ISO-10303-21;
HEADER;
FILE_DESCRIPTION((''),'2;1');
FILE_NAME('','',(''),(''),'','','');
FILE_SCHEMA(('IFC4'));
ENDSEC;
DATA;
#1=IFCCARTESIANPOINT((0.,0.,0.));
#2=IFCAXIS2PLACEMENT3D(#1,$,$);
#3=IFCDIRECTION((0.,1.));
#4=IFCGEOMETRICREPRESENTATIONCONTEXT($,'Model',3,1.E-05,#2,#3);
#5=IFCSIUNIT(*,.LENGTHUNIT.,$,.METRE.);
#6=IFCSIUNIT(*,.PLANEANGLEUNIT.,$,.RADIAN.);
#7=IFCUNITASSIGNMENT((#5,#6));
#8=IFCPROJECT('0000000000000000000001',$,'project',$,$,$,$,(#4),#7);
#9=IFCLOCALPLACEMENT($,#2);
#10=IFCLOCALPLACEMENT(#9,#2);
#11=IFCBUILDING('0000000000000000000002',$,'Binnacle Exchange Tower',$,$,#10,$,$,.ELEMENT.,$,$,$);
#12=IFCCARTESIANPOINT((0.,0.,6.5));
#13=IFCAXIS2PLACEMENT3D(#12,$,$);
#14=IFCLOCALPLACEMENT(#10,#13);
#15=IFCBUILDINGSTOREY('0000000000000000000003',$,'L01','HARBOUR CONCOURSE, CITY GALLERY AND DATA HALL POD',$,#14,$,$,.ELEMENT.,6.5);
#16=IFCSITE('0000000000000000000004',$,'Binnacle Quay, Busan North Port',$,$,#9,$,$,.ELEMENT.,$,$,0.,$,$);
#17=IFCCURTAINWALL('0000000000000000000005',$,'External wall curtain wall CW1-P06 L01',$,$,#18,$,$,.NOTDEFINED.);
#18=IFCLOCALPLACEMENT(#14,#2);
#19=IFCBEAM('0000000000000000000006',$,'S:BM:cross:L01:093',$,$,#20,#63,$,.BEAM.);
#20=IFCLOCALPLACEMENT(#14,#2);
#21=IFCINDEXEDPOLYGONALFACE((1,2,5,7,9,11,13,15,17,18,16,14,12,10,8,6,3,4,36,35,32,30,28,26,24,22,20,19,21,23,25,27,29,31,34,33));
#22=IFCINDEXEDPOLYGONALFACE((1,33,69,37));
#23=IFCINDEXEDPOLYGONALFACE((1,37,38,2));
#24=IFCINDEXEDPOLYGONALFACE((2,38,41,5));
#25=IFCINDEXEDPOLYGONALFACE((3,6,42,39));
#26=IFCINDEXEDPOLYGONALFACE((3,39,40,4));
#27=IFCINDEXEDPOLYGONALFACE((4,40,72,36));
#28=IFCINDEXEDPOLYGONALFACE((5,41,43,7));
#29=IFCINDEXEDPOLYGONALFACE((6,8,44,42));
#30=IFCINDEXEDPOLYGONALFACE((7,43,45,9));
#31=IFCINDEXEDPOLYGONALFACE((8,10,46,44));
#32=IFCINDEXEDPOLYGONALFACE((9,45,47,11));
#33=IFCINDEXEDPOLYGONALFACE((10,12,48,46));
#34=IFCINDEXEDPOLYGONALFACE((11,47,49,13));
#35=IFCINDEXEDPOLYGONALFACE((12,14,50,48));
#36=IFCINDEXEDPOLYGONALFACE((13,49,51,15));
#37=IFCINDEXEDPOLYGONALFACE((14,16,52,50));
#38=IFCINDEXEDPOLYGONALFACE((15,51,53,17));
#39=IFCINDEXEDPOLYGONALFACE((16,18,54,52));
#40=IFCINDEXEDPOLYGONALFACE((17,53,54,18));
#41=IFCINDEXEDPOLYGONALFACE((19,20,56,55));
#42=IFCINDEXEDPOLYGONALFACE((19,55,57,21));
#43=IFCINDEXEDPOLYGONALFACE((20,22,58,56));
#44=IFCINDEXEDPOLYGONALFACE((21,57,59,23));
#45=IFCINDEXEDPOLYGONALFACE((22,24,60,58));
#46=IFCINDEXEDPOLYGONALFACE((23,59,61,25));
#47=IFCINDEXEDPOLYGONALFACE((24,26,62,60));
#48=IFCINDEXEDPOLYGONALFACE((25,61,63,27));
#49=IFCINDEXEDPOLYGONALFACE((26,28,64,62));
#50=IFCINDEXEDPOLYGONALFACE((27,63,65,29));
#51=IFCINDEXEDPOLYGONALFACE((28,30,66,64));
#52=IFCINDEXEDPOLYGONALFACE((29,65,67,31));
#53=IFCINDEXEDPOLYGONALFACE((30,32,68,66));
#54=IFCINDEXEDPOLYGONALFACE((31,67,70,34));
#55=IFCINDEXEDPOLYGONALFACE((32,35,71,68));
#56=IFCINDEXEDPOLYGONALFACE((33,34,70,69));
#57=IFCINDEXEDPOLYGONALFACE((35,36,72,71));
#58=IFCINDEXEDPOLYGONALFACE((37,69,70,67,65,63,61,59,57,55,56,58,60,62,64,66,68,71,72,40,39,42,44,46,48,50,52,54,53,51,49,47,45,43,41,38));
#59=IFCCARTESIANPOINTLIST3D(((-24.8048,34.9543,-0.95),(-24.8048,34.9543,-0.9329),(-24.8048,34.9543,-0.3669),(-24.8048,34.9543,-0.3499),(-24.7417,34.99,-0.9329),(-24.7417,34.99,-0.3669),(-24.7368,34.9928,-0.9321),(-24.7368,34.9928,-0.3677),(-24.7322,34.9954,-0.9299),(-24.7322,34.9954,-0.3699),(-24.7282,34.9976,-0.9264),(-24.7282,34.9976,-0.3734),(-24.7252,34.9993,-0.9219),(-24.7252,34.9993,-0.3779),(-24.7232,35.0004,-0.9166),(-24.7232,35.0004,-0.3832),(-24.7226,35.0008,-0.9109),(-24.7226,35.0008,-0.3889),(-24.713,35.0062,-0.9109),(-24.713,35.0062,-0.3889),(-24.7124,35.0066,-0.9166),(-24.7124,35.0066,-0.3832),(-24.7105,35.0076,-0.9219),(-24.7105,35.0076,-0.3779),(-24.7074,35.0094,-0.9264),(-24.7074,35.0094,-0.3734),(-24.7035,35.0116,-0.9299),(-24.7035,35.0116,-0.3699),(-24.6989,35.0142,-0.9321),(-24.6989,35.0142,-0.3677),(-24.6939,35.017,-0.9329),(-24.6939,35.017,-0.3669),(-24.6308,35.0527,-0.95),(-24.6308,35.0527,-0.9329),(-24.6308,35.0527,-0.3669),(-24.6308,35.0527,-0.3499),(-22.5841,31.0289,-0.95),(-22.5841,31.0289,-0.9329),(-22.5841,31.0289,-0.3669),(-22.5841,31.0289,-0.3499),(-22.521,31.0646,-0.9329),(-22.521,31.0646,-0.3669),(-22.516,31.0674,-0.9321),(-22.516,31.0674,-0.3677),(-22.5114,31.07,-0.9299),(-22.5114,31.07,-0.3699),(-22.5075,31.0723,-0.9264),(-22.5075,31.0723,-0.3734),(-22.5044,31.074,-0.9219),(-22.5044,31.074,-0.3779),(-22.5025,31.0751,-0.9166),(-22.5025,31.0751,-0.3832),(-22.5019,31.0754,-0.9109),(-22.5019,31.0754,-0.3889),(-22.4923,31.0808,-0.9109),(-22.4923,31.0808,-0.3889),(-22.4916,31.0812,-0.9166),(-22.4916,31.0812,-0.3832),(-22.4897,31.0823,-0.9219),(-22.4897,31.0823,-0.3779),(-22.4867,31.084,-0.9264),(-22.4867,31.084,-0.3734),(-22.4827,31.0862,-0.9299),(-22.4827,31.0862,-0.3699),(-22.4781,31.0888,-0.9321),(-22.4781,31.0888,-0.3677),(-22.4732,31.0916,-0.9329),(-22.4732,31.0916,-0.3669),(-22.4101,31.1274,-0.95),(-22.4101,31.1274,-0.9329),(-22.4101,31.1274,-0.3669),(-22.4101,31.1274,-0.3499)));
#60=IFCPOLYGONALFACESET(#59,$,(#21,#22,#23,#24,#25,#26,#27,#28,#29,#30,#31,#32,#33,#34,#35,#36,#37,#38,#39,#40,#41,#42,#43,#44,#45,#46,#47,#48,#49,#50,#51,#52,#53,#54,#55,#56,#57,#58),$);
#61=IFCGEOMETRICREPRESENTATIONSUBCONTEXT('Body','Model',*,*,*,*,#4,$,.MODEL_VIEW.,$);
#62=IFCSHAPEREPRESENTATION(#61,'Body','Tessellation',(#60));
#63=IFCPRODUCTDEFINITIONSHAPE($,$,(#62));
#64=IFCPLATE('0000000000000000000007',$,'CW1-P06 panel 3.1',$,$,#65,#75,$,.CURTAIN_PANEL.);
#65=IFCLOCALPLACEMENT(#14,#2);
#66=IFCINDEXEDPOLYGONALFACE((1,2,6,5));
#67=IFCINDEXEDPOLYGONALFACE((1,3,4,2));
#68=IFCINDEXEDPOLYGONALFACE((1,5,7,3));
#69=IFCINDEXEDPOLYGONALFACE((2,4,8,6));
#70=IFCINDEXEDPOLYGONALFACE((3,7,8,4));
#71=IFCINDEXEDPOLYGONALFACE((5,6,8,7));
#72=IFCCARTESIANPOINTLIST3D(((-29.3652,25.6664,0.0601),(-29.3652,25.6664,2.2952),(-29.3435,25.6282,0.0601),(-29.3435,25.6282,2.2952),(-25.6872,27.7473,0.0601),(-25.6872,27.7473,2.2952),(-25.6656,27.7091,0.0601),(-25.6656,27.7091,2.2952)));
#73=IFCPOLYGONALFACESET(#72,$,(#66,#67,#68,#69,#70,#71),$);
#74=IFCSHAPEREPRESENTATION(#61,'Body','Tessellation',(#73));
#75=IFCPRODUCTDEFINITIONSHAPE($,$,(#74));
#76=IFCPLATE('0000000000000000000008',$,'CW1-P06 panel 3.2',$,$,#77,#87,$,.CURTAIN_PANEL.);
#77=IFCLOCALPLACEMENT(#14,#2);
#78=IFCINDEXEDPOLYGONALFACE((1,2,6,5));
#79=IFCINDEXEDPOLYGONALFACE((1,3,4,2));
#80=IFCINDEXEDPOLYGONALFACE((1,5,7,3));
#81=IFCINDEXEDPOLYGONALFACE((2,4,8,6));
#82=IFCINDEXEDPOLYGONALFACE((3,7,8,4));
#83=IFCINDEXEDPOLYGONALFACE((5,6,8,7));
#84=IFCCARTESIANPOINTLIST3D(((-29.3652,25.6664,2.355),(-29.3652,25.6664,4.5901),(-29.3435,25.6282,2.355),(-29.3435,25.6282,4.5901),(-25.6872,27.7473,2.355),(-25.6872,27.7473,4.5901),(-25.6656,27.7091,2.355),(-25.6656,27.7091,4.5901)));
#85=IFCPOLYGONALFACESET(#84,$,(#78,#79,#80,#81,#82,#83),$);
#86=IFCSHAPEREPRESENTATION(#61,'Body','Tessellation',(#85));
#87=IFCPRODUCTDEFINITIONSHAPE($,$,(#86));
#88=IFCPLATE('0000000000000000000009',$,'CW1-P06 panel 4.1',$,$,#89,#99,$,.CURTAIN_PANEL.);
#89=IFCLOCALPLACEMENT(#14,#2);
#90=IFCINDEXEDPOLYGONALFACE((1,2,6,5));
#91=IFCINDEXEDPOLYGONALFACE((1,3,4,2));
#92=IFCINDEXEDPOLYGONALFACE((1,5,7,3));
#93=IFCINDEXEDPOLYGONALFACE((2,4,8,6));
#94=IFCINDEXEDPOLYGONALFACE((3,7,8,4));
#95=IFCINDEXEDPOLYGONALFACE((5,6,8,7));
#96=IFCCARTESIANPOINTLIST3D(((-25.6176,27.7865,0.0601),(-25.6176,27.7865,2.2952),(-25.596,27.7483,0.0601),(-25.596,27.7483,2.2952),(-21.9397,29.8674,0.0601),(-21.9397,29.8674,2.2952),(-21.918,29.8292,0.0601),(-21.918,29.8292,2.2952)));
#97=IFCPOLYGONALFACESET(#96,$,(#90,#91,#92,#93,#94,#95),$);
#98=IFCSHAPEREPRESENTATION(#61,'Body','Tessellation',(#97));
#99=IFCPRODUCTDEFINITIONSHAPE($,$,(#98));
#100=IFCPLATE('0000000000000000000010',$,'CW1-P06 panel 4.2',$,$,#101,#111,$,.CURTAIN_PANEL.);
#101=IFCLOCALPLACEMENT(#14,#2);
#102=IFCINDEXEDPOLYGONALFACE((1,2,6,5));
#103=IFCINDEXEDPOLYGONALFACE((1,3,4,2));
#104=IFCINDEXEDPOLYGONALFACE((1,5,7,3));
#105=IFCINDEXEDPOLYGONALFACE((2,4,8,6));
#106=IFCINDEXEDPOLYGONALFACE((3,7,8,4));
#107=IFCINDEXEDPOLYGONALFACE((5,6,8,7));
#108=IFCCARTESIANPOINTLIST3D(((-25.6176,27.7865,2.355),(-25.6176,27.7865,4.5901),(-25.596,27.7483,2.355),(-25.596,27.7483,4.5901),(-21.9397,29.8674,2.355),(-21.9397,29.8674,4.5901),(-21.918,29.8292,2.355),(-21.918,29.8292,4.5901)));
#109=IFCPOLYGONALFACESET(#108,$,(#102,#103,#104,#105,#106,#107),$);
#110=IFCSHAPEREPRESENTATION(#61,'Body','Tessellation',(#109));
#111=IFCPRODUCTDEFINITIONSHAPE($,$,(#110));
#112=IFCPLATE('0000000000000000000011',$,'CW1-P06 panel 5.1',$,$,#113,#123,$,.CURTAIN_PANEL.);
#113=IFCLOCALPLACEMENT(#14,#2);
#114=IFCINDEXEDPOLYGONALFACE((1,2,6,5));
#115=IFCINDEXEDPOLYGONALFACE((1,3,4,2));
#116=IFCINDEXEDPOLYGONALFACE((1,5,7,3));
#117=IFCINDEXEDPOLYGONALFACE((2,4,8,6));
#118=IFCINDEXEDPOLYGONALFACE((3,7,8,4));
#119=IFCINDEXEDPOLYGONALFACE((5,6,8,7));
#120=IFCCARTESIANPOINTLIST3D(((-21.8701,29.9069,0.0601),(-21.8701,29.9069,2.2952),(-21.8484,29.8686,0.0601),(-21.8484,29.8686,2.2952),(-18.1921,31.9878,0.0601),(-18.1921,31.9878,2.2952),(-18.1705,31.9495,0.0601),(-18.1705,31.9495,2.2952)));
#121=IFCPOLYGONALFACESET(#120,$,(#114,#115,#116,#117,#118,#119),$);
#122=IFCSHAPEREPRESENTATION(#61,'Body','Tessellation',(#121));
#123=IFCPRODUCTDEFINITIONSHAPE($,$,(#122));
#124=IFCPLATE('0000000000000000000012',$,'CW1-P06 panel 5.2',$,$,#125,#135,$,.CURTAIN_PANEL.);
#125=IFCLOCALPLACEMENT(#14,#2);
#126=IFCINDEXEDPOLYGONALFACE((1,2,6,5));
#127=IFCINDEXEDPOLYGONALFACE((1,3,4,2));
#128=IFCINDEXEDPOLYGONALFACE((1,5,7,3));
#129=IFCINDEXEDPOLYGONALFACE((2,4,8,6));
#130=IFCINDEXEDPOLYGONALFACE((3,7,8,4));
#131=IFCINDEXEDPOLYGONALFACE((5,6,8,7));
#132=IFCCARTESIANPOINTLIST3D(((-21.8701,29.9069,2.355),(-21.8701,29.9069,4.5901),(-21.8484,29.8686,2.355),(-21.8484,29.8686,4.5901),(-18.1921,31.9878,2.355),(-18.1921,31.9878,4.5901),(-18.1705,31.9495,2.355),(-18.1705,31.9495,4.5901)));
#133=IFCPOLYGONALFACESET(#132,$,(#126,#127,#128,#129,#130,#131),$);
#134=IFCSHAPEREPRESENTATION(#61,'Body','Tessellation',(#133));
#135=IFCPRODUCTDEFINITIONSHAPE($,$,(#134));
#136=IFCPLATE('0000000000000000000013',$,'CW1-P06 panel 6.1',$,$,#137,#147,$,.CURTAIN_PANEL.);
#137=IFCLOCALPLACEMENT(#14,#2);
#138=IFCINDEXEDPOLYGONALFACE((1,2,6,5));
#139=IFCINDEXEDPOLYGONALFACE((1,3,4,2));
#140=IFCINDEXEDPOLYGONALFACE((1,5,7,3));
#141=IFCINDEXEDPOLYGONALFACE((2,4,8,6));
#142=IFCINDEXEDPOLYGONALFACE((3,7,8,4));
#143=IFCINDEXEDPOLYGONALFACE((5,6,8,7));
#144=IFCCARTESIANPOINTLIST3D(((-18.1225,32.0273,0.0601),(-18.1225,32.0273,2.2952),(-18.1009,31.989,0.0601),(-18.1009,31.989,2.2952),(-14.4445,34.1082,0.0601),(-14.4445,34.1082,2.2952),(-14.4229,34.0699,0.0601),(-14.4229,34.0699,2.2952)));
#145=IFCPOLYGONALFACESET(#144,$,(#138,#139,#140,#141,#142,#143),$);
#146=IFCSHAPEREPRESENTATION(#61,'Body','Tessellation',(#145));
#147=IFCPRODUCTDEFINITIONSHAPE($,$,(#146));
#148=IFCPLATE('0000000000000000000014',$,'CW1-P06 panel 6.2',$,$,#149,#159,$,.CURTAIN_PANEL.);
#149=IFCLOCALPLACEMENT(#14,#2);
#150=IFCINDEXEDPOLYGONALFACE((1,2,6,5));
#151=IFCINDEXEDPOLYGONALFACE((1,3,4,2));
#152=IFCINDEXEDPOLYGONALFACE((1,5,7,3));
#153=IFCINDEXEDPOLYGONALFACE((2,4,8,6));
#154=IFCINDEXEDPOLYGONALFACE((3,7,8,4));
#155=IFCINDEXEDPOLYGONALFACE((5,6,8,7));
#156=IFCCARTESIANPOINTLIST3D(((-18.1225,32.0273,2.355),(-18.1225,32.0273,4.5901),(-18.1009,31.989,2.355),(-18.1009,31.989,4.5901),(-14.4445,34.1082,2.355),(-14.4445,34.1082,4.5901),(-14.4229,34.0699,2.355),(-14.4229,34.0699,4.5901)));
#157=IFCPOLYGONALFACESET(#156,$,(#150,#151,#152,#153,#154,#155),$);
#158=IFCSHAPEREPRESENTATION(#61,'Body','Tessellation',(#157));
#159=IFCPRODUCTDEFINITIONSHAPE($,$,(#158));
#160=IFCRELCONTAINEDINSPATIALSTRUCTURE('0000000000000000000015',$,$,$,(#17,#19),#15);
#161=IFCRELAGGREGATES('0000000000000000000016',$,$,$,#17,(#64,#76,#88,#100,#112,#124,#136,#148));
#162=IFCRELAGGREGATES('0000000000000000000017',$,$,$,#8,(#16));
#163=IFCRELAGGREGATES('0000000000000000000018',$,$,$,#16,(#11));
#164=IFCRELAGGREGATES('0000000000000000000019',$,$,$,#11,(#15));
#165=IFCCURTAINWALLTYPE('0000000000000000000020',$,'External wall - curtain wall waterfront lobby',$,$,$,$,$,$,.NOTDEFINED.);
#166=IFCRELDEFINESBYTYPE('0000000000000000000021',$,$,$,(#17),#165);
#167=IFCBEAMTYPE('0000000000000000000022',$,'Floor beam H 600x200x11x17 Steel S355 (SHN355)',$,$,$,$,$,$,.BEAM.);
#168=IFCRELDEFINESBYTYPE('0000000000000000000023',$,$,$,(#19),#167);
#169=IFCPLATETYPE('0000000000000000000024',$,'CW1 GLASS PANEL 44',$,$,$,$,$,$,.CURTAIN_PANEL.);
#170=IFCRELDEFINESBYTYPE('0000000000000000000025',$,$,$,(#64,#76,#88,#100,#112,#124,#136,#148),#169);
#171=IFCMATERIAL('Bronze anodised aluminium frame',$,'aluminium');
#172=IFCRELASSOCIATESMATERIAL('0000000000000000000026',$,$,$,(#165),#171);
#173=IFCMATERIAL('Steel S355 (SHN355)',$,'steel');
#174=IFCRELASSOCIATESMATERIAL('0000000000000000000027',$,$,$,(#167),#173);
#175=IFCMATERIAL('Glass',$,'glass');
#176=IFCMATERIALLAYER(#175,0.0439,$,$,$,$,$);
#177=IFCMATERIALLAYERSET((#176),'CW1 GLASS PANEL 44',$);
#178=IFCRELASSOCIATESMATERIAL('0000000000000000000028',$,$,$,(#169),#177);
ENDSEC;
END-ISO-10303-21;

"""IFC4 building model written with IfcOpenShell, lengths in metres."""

from ifc_helpers import new_model, si_unit, direction, frame, origin, origin_2d, place, context, subcontext, project, spatial, rectangle, i_section, extrude, material, layer, layer_set, material_profile, profile_set, type_object, element, aggregate, save


model = new_model("IFC4")

# Units and contexts
model_context = context("Model", 3, precision=1e-05, world=origin(), true_north=direction((0.0, 1.0)))
body_context = subcontext(model_context, "Body", "Model", "MODEL_VIEW")
ifc_project = project(units=[si_unit("LENGTHUNIT", "METRE"), si_unit("PLANEANGLEUNIT", "RADIAN")], contexts=[model_context])

# Site, building, storey
site_placement = place(None, origin())
site = spatial("IfcSite", under=ifc_project, at=site_placement, Name="Binnacle Quay, Busan North Port", CompositionType="ELEMENT", RefElevation=0.0)
building_placement = place(site_placement, origin())
building = spatial("IfcBuilding", under=site, at=building_placement, Name="Binnacle Exchange Tower", CompositionType="ELEMENT")
storey_placement = place(building_placement, frame((0.0, 0.0, 6.5)))
storey = spatial("IfcBuildingStorey", under=building, at=storey_placement, Name="L01", Description="HARBOUR CONCOURSE, CITY GALLERY AND DATA HALL POD", CompositionType="ELEMENT", Elevation=6.5)

# Curtain wall
ifc_material_1 = material(Name="Bronze anodised aluminium frame", Category="aluminium")
curtain_wall_type = type_object("IfcCurtainWallType", Name="External wall - curtain wall waterfront lobby", PredefinedType="NOTDEFINED", material=ifc_material_1)
curtain_wall_placement = place(storey_placement, origin())
curtain_wall = element("IfcCurtainWall", 1, at=curtain_wall_placement, inside=storey, type_object=curtain_wall_type, Name="External wall curtain wall CW1-P06 L01", PredefinedType="NOTDEFINED")

# Beam
ifc_material_2 = material(Name="Steel S355 (SHN355)", Category="steel")
ifc_material_profile_1 = material_profile(ifc_material_2, i_section(OverallWidth=0.2, OverallDepth=0.6001, WebThickness=0.011, FlangeThickness=0.0171, FilletRadius=0.022, at=origin_2d()), Name="H 600x200x11x17")
ifc_profile_set_1 = profile_set([ifc_material_profile_1], Name="Steel S355 (SHN355)")
beam_type_1 = type_object("IfcBeamType", Name="Floor beam H 600x200x11x17 Steel S355 (SHN355)", PredefinedType="BEAM", material=ifc_profile_set_1)
beam_placement = place(storey_placement, frame((-22.4971, 31.0781, -0.6499), z_axis=(-0.492403, 0.870367, 0.0), x_axis=(-0.870367, -0.492403, 0.0)))
element("IfcBeam", 2, at=beam_placement, inside=storey, type_object=beam_type_1, Name="S:BM:cross:L01:093", PredefinedType="BEAM", context=body_context, shape_type="SweptSolid", body=[
    extrude(i_section(OverallWidth=0.2, OverallDepth=0.6001, WebThickness=0.011, FlangeThickness=0.0171, FilletRadius=0.022, at=origin_2d()), origin(), (0.0, 0.0, 1.0), 4.51),
])

# Plates
ifc_material_3 = material(Name="Glass", Category="glass")
ifc_layer_1 = layer(ifc_material_3, 0.0439)
ifc_layer_set_1 = layer_set([ifc_layer_1], Name="CW1 GLASS PANEL 44")
plate_type = type_object("IfcPlateType", Name="CW1 GLASS PANEL 44", PredefinedType="CURTAIN_PANEL", material=ifc_layer_set_1)
plate_1_placement = place(storey_placement, frame((-27.5154, 26.6877, 0.0601), z_axis=(0.0, 0.0, 1.0), x_axis=(0.870356, 0.492424, 0.0)))
plate_1 = element("IfcPlate", 3, at=plate_1_placement, type_object=plate_type, Name="CW1-P06 panel 3.1", PredefinedType="CURTAIN_PANEL", context=body_context, shape_type="SweptSolid", body=[
    extrude(rectangle(XDim=4.2258, YDim=0.0439, at=origin_2d()), origin(), (0.0, 0.0, 1.0), 2.2351),
])
plate_2_placement = place(storey_placement, frame((-27.5154, 26.6877, 2.355), z_axis=(0.0, 0.0, 1.0), x_axis=(0.870356, 0.492424, 0.0)))
plate_2 = element("IfcPlate", 4, at=plate_2_placement, type_object=plate_type, Name="CW1-P06 panel 3.2", PredefinedType="CURTAIN_PANEL", context=body_context, shape_type="SweptSolid", body=[
    extrude(rectangle(XDim=4.2258, YDim=0.0439, at=origin_2d()), origin(), (0.0, 0.0, 1.0), 2.2351),
])
plate_3_placement = place(storey_placement, frame((-23.7678, 28.8079, 0.0601), z_axis=(0.0, 0.0, 1.0), x_axis=(0.870356, 0.492424, 0.0)))
plate_3 = element("IfcPlate", 5, at=plate_3_placement, type_object=plate_type, Name="CW1-P06 panel 4.1", PredefinedType="CURTAIN_PANEL", context=body_context, shape_type="SweptSolid", body=[
    extrude(rectangle(XDim=4.2258, YDim=0.0439, at=origin_2d()), origin(), (0.0, 0.0, 1.0), 2.2351),
])
plate_4_placement = place(storey_placement, frame((-23.7678, 28.8079, 2.355), z_axis=(0.0, 0.0, 1.0), x_axis=(0.870356, 0.492424, 0.0)))
plate_4 = element("IfcPlate", 6, at=plate_4_placement, type_object=plate_type, Name="CW1-P06 panel 4.2", PredefinedType="CURTAIN_PANEL", context=body_context, shape_type="SweptSolid", body=[
    extrude(rectangle(XDim=4.2258, YDim=0.0439, at=origin_2d()), origin(), (0.0, 0.0, 1.0), 2.2351),
])
plate_5_placement = place(storey_placement, frame((-20.0203, 30.9282, 0.0601), z_axis=(0.0, 0.0, 1.0), x_axis=(0.870356, 0.492424, 0.0)))
plate_5 = element("IfcPlate", 7, at=plate_5_placement, type_object=plate_type, Name="CW1-P06 panel 5.1", PredefinedType="CURTAIN_PANEL", context=body_context, shape_type="SweptSolid", body=[
    extrude(rectangle(XDim=4.2258, YDim=0.0439, at=origin_2d()), origin(), (0.0, 0.0, 1.0), 2.2351),
])
plate_6_placement = place(storey_placement, frame((-20.0203, 30.9282, 2.355), z_axis=(0.0, 0.0, 1.0), x_axis=(0.870356, 0.492424, 0.0)))
plate_6 = element("IfcPlate", 8, at=plate_6_placement, type_object=plate_type, Name="CW1-P06 panel 5.2", PredefinedType="CURTAIN_PANEL", context=body_context, shape_type="SweptSolid", body=[
    extrude(rectangle(XDim=4.2258, YDim=0.0439, at=origin_2d()), origin(), (0.0, 0.0, 1.0), 2.2351),
])
plate_7_placement = place(storey_placement, frame((-16.2727, 33.0486, 0.0601), z_axis=(0.0, 0.0, 1.0), x_axis=(0.870356, 0.492424, 0.0)))
plate_7 = element("IfcPlate", 9, at=plate_7_placement, type_object=plate_type, Name="CW1-P06 panel 6.1", PredefinedType="CURTAIN_PANEL", context=body_context, shape_type="SweptSolid", body=[
    extrude(rectangle(XDim=4.2258, YDim=0.0439, at=origin_2d()), origin(), (0.0, 0.0, 1.0), 2.2351),
])
plate_8_placement = place(storey_placement, frame((-16.2727, 33.0486, 2.355), z_axis=(0.0, 0.0, 1.0), x_axis=(0.870356, 0.492424, 0.0)))
plate_8 = element("IfcPlate", 10, at=plate_8_placement, type_object=plate_type, Name="CW1-P06 panel 6.2", PredefinedType="CURTAIN_PANEL", context=body_context, shape_type="SweptSolid", body=[
    extrude(rectangle(XDim=4.2258, YDim=0.0439, at=origin_2d()), origin(), (0.0, 0.0, 1.0), 2.2351),
])
aggregate(curtain_wall, [plate_1, plate_2, plate_3, plate_4, plate_5, plate_6, plate_7, plate_8])

save(model, "model.ifc")
